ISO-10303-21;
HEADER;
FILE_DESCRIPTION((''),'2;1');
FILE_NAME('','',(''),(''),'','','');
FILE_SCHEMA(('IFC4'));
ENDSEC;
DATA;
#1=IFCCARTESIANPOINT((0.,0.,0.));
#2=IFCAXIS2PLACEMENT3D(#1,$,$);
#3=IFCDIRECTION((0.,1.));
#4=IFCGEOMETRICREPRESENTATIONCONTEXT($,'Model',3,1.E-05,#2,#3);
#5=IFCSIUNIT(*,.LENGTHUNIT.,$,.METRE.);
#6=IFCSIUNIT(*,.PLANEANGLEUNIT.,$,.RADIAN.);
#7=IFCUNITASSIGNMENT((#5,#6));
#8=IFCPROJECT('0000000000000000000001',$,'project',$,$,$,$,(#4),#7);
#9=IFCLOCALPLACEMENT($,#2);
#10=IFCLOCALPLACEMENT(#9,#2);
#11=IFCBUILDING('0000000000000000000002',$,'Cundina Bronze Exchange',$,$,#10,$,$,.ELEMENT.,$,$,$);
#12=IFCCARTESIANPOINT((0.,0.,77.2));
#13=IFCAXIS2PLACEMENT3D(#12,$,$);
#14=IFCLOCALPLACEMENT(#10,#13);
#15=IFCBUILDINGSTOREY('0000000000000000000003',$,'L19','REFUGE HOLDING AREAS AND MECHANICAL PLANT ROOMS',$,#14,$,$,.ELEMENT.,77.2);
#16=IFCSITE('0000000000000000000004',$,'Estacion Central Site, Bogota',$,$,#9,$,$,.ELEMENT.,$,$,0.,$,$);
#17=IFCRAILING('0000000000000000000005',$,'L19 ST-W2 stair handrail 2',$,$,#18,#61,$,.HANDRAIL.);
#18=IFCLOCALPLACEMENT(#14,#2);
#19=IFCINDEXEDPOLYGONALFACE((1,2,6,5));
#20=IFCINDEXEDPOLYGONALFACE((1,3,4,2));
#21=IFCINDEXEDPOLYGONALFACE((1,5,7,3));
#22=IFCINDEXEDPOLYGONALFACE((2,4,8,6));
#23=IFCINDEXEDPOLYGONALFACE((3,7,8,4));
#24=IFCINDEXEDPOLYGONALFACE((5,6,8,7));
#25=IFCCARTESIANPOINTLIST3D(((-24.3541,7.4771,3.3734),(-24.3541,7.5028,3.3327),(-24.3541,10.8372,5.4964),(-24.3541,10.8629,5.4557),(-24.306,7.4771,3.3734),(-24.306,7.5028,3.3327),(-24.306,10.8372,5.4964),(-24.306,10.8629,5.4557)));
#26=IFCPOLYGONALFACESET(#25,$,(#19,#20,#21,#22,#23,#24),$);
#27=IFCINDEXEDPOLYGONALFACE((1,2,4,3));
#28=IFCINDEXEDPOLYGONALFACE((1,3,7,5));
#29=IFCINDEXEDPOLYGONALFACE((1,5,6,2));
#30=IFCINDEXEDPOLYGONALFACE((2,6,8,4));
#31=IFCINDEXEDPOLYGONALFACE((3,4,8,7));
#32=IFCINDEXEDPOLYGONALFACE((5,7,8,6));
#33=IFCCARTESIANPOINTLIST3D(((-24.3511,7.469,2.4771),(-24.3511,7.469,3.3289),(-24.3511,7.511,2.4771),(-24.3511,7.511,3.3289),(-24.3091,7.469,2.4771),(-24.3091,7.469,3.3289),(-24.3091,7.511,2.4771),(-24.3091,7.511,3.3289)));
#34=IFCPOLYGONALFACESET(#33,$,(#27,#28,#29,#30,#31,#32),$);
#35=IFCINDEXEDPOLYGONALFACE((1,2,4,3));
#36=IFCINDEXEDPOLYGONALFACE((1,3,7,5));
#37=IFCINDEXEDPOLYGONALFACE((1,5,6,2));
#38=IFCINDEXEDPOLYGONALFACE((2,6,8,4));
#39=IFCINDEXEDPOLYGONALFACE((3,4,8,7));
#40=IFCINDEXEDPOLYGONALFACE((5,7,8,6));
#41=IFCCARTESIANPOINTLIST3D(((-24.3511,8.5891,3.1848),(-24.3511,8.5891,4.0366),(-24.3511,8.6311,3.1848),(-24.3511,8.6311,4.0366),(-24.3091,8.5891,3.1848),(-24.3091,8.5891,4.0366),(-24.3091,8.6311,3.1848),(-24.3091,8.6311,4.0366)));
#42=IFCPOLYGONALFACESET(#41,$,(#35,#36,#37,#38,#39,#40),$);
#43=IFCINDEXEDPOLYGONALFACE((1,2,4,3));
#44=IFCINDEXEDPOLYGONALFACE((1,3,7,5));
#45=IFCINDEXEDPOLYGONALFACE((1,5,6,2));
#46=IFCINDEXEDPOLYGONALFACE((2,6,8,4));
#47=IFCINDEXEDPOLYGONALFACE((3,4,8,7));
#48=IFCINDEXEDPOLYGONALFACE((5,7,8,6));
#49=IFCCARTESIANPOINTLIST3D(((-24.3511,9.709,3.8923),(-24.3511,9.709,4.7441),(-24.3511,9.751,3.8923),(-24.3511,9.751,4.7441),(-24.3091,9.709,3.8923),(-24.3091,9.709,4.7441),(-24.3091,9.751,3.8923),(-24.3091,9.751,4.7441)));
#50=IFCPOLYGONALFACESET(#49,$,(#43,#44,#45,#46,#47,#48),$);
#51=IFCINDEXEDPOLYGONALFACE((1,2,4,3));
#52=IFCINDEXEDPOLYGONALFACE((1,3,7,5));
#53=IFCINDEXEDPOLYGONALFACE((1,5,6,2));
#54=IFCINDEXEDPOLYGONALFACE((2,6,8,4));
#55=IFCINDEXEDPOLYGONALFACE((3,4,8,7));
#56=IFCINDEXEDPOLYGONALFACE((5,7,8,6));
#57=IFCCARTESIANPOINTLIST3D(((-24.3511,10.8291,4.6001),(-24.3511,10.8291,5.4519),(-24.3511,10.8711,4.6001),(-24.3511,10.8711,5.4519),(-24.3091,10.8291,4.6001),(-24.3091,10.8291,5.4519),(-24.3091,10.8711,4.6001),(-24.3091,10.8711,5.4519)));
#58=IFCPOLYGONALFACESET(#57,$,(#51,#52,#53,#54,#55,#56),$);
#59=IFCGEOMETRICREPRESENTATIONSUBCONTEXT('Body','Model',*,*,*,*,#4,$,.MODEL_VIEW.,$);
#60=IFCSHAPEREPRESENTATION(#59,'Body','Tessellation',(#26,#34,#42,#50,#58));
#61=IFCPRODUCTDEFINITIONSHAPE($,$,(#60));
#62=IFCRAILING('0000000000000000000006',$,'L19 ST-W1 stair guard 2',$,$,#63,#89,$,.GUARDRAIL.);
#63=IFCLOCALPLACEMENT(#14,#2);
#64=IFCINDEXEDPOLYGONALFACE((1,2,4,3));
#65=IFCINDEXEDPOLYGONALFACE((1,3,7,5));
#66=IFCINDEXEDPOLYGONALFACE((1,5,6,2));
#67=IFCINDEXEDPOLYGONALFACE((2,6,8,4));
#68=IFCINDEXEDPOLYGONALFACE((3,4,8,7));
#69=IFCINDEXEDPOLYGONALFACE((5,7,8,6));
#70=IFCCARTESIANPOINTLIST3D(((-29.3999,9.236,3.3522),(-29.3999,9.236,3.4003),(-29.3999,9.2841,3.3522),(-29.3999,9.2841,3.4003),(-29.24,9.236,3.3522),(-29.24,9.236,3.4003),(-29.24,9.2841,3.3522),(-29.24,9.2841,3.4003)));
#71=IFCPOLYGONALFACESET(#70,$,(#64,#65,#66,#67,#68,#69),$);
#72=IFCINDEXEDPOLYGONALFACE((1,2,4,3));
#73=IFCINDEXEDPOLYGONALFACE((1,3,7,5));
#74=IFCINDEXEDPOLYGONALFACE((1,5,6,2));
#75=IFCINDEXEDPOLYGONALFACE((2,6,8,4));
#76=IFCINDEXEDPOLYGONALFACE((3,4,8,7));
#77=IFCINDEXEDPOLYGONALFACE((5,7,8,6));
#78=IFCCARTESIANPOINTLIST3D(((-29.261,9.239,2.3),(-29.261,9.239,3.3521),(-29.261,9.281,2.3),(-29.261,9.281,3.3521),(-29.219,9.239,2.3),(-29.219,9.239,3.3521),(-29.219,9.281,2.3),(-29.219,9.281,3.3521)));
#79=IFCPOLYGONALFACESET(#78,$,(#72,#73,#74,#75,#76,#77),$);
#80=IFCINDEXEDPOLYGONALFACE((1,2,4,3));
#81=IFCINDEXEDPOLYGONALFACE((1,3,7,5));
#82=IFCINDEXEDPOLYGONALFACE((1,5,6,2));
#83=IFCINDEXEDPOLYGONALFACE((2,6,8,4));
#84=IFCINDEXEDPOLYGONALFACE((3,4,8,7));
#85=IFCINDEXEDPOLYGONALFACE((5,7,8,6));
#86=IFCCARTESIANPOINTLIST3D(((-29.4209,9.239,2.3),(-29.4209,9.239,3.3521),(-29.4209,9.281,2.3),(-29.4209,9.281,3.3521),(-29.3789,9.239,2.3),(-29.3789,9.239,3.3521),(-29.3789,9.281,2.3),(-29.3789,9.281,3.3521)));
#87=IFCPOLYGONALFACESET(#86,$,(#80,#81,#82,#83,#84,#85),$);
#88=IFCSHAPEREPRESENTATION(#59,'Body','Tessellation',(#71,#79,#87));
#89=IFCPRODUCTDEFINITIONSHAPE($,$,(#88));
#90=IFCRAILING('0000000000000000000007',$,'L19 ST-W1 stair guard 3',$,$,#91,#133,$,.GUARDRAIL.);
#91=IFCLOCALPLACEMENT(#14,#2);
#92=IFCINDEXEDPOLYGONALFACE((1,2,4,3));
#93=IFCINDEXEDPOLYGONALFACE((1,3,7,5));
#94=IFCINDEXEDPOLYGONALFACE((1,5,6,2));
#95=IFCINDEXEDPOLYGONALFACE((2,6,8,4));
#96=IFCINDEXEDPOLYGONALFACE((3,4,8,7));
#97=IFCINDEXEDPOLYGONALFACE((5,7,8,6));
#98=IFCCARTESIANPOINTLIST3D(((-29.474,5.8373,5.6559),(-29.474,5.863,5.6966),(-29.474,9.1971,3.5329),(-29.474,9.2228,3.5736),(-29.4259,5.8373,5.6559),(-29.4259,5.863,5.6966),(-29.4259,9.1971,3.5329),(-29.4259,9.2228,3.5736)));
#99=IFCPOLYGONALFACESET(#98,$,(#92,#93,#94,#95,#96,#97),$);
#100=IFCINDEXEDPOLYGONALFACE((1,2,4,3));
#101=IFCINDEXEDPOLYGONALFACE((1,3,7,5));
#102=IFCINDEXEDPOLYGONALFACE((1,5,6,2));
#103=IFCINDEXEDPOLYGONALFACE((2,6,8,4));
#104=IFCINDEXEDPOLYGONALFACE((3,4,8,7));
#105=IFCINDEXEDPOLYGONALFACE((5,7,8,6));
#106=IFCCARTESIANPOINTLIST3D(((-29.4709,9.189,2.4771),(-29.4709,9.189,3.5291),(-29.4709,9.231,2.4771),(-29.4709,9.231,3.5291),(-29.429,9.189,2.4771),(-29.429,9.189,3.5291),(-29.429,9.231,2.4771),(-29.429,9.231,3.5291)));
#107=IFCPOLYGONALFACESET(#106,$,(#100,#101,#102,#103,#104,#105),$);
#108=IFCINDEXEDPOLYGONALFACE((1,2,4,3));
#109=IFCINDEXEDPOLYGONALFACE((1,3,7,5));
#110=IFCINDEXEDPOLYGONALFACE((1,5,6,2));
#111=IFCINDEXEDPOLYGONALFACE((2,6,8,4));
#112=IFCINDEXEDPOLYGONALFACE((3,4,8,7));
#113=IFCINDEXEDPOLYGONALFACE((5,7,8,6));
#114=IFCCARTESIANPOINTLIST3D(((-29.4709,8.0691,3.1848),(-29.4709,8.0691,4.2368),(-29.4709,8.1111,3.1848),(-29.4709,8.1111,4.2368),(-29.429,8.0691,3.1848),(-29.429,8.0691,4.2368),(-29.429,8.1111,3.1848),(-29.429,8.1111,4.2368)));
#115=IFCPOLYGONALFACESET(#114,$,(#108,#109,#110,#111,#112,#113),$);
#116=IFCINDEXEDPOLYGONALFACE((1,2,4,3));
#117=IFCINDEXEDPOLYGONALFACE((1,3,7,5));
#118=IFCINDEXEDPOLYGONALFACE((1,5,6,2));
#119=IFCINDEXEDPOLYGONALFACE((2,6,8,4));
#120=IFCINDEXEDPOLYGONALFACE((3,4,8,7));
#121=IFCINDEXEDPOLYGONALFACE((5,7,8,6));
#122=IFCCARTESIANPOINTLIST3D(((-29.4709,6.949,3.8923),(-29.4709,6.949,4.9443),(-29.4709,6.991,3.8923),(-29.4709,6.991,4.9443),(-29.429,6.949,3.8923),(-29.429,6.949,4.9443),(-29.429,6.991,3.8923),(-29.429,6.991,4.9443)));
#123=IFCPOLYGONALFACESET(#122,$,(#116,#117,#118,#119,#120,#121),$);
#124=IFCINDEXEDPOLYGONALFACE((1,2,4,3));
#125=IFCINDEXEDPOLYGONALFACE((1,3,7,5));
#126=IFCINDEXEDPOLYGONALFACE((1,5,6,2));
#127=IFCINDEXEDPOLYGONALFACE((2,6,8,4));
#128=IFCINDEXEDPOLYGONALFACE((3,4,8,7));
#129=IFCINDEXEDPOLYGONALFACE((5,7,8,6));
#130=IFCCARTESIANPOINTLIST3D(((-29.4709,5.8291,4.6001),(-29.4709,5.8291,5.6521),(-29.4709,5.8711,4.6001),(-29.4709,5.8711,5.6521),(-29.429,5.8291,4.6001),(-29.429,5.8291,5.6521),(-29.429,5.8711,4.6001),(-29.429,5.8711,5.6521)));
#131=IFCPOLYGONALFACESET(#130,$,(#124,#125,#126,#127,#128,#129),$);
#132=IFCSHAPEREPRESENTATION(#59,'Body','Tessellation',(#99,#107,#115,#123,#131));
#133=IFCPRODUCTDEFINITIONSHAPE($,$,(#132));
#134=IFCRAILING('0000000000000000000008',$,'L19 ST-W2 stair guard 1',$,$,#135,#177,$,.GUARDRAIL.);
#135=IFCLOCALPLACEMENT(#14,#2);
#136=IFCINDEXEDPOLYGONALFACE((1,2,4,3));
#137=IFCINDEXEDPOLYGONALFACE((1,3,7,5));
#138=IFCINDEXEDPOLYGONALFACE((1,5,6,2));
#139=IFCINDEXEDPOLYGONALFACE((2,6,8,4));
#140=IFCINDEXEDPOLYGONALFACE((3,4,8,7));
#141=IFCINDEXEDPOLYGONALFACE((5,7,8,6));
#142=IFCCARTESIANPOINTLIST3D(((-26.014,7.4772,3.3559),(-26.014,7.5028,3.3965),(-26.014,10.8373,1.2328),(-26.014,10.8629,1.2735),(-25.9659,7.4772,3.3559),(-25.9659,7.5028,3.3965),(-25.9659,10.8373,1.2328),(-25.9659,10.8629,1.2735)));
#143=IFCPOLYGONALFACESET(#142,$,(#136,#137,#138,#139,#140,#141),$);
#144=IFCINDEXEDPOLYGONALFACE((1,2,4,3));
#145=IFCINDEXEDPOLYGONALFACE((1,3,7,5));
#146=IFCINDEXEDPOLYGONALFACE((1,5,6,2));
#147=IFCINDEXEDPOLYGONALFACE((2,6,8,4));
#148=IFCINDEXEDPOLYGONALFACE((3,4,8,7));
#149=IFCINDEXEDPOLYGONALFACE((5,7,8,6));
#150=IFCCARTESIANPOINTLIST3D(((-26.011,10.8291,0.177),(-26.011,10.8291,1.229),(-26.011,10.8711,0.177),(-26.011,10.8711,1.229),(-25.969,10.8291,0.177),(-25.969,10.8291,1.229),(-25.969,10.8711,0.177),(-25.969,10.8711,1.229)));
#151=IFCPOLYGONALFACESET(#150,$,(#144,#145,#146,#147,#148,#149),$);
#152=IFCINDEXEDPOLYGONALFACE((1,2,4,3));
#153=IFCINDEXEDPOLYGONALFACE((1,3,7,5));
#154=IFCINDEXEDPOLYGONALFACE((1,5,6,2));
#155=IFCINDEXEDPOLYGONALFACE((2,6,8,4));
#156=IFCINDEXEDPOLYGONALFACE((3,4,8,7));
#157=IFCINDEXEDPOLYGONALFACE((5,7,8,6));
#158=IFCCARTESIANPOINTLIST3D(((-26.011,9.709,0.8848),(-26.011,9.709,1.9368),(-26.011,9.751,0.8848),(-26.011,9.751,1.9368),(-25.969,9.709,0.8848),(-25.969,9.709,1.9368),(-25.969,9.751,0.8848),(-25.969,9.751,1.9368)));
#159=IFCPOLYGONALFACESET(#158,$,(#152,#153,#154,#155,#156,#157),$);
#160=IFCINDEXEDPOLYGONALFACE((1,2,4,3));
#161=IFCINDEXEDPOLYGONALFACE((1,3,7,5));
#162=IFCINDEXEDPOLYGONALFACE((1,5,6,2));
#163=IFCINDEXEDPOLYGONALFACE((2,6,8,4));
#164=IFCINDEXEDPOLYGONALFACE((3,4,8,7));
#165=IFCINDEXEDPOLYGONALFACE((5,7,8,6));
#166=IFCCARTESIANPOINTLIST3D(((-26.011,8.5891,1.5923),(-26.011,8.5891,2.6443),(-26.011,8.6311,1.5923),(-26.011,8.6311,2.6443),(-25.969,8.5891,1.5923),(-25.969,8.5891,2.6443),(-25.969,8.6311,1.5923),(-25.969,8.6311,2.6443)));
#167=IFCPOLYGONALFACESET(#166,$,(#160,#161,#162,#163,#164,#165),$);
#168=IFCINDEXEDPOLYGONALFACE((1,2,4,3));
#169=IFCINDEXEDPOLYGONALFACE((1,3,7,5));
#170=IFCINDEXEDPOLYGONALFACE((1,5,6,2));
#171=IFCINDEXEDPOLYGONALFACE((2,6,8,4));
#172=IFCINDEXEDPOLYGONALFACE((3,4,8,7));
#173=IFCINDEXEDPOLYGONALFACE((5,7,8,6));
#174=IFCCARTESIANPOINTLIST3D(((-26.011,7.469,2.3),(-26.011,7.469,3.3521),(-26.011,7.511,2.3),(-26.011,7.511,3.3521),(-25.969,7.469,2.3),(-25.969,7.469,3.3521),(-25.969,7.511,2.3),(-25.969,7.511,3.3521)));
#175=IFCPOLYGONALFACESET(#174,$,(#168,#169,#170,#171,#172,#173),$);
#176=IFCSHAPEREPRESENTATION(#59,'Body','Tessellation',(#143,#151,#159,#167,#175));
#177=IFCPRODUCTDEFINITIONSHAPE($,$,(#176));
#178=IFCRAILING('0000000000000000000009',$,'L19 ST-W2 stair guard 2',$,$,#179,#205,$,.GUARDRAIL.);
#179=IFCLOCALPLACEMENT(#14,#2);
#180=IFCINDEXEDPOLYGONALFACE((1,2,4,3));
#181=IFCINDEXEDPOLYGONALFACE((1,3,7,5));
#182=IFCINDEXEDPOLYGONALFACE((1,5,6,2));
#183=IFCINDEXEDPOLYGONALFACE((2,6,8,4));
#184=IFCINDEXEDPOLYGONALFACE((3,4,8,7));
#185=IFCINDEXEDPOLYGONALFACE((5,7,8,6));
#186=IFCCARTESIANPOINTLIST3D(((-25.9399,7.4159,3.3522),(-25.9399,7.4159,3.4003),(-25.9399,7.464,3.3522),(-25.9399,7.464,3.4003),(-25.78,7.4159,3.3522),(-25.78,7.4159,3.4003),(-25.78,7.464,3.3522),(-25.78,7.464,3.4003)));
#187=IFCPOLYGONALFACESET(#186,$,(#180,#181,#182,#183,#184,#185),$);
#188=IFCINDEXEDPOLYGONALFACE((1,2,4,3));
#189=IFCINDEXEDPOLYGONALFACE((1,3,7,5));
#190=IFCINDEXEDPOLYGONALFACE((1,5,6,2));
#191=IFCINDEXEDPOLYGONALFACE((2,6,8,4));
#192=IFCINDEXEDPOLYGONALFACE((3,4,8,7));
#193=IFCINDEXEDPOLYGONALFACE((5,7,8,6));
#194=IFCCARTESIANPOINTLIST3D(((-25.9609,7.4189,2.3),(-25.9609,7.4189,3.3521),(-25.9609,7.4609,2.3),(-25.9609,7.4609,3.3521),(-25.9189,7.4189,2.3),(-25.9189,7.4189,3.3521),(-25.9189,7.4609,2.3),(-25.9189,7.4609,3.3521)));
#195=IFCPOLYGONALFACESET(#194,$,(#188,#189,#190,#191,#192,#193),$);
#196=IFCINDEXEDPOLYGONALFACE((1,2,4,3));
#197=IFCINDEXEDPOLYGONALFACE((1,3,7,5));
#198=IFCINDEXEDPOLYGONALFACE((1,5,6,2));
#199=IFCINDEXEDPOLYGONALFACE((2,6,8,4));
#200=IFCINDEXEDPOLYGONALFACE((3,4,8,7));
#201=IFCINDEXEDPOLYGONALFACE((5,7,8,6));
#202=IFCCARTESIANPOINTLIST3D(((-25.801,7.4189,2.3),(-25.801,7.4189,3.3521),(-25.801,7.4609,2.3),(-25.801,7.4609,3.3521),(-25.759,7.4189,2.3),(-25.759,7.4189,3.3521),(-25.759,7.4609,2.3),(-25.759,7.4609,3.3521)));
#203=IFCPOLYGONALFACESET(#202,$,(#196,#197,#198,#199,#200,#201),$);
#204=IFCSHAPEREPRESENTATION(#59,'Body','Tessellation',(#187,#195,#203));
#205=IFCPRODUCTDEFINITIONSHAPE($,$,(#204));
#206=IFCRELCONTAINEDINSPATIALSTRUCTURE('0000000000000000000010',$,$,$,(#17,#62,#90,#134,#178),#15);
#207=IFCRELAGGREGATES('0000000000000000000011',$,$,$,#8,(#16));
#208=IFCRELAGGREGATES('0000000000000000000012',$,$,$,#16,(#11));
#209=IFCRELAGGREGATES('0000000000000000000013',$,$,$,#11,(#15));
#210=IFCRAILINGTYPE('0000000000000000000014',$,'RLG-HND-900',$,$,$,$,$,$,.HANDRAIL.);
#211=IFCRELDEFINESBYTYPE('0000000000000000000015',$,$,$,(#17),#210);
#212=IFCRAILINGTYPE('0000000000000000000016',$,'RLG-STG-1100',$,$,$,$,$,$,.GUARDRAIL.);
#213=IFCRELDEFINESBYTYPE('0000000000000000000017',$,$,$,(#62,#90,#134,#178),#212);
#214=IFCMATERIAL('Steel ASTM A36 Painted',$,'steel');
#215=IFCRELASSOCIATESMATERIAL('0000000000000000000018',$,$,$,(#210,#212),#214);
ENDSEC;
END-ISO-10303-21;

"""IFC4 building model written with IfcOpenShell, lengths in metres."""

from ifc_helpers import new_model, si_unit, direction, frame, origin, origin_2d, place, context, subcontext, project, spatial, rectangle, extrude, material, type_object, element, save


model = new_model("IFC4")

# Units and contexts
model_context = context("Model", 3, precision=1e-05, world=origin(), true_north=direction((0.0, 1.0)))
body_context = subcontext(model_context, "Body", "Model", "MODEL_VIEW")
ifc_project = project(units=[si_unit("LENGTHUNIT", "METRE"), si_unit("PLANEANGLEUNIT", "RADIAN")], contexts=[model_context])

# Site, building, storey
site_placement = place(None, origin())
site = spatial("IfcSite", under=ifc_project, at=site_placement, Name="Estacion Central Site, Bogota", CompositionType="ELEMENT", RefElevation=0.0)
building_placement = place(site_placement, origin())
building = spatial("IfcBuilding", under=site, at=building_placement, Name="Cundina Bronze Exchange", CompositionType="ELEMENT")
storey_placement = place(building_placement, frame((0.0, 0.0, 77.2)))
storey = spatial("IfcBuildingStorey", under=building, at=storey_placement, Name="L19", Description="REFUGE HOLDING AREAS AND MECHANICAL PLANT ROOMS", CompositionType="ELEMENT", Elevation=77.2)

# Shared definitions
ifc_material_1 = material(Name="Steel ASTM A36 Painted", Category="steel")

# Railings
railing_type_1 = type_object("IfcRailingType", Name="RLG-HND-900", PredefinedType="HANDRAIL", material=ifc_material_1)
railing_1_placement = place(storey_placement, frame((-24.3301, 7.49, 2.4771)))
element("IfcRailing", 1, at=railing_1_placement, inside=storey, type_object=railing_type_1, Name="L19 ST-W2 stair handrail 2", PredefinedType="HANDRAIL", context=body_context, shape_type="SweptSolid", body=[
    extrude(rectangle(XDim=0.0481, YDim=0.0481, at=origin_2d()), frame((0.0, 0.0, 0.876), z_axis=(0.0, 0.84539, 0.53415), x_axis=(-1.0, 0.0, 0.0)), (0.0, 0.0, 1.0), 3.9746),
    extrude(rectangle(XDim=0.042, YDim=0.042, at=origin_2d()), origin(), (0.0, 0.0, 1.0), 0.8518),
    extrude(rectangle(XDim=0.042, YDim=0.042, at=origin_2d()), frame((0.0, 1.1201, 0.7078)), (0.0, 0.0, 1.0), 0.8518),
    extrude(rectangle(XDim=0.042, YDim=0.042, at=origin_2d()), frame((0.0, 2.24, 1.4153)), (0.0, 0.0, 1.0), 0.8518),
    extrude(rectangle(XDim=0.042, YDim=0.042, at=origin_2d()), frame((0.0, 3.3601, 2.123)), (0.0, 0.0, 1.0), 0.8518),
])
railing_type_2 = type_object("IfcRailingType", Name="RLG-STG-1100", PredefinedType="GUARDRAIL", material=ifc_material_1)
railing_2_placement = place(storey_placement, frame((-29.24, 9.26, 2.3)))
element("IfcRailing", 2, at=railing_2_placement, inside=storey, type_object=railing_type_2, Name="L19 ST-W1 stair guard 2", PredefinedType="GUARDRAIL", context=body_context, shape_type="SweptSolid", body=[
    extrude(rectangle(XDim=0.0481, YDim=0.0481, at=origin_2d()), frame((0.0, 0.0, 1.0762), z_axis=(-1.0, 0.0, 0.0), x_axis=(0.0, -1.0, 0.0)), (0.0, 0.0, 1.0), 0.1599),
    extrude(rectangle(XDim=0.042, YDim=0.042, at=origin_2d()), origin(), (0.0, 0.0, 1.0), 1.052),
    extrude(rectangle(XDim=0.042, YDim=0.042, at=origin_2d()), frame((-0.1599, 0.0, 0.0)), (0.0, 0.0, 1.0), 1.052),
])
railing_3_placement = place(storey_placement, frame((-29.45, 9.21, 2.4771)))
element("IfcRailing", 3, at=railing_3_placement, inside=storey, type_object=railing_type_2, Name="L19 ST-W1 stair guard 3", PredefinedType="GUARDRAIL", context=body_context, shape_type="SweptSolid", body=[
    extrude(rectangle(XDim=0.0481, YDim=0.0481, at=origin_2d()), frame((0.0, 0.0, 1.0762), z_axis=(0.0, -0.845372, 0.534178), x_axis=(1.0, 0.0, 0.0)), (0.0, 0.0, 1.0), 3.9744),
    extrude(rectangle(XDim=0.042, YDim=0.042, at=origin_2d()), origin(), (0.0, 0.0, 1.0), 1.052),
    extrude(rectangle(XDim=0.042, YDim=0.042, at=origin_2d()), frame((0.0, -1.1199, 0.7078)), (0.0, 0.0, 1.0), 1.052),
    extrude(rectangle(XDim=0.042, YDim=0.042, at=origin_2d()), frame((0.0, -2.24, 1.4153)), (0.0, 0.0, 1.0), 1.052),
    extrude(rectangle(XDim=0.042, YDim=0.042, at=origin_2d()), frame((0.0, -3.3599, 2.123)), (0.0, 0.0, 1.0), 1.052),
])
railing_4_placement = place(storey_placement, frame((-25.99, 10.8501, 0.177)))
element("IfcRailing", 4, at=railing_4_placement, inside=storey, type_object=railing_type_2, Name="L19 ST-W2 stair guard 1", PredefinedType="GUARDRAIL", context=body_context, shape_type="SweptSolid", body=[
    extrude(rectangle(XDim=0.0481, YDim=0.0481, at=origin_2d()), frame((0.0, 0.0, 1.0762), z_axis=(0.0, -0.84539, 0.53415), x_axis=(1.0, 0.0, 0.0)), (0.0, 0.0, 1.0), 3.9746),
    extrude(rectangle(XDim=0.042, YDim=0.042, at=origin_2d()), origin(), (0.0, 0.0, 1.0), 1.052),
    extrude(rectangle(XDim=0.042, YDim=0.042, at=origin_2d()), frame((0.0, -1.1201, 0.7078)), (0.0, 0.0, 1.0), 1.052),
    extrude(rectangle(XDim=0.042, YDim=0.042, at=origin_2d()), frame((0.0, -2.24, 1.4153)), (0.0, 0.0, 1.0), 1.052),
    extrude(rectangle(XDim=0.042, YDim=0.042, at=origin_2d()), frame((0.0, -3.3601, 2.123)), (0.0, 0.0, 1.0), 1.052),
])
railing_5_placement = place(storey_placement, frame((-25.9399, 7.4399, 2.3)))
element("IfcRailing", 5, at=railing_5_placement, inside=storey, type_object=railing_type_2, Name="L19 ST-W2 stair guard 2", PredefinedType="GUARDRAIL", context=body_context, shape_type="SweptSolid", body=[
    extrude(rectangle(XDim=0.0481, YDim=0.0481, at=origin_2d()), frame((0.0, 0.0, 1.0762), z_axis=(1.0, 0.0, 0.0), x_axis=(0.0, 1.0, 0.0)), (0.0, 0.0, 1.0), 0.1599),
    extrude(rectangle(XDim=0.042, YDim=0.042, at=origin_2d()), origin(), (0.0, 0.0, 1.0), 1.052),
    extrude(rectangle(XDim=0.042, YDim=0.042, at=origin_2d()), frame((0.1599, 0.0, 0.0)), (0.0, 0.0, 1.0), 1.052),
])

save(model, "model.ifc")
